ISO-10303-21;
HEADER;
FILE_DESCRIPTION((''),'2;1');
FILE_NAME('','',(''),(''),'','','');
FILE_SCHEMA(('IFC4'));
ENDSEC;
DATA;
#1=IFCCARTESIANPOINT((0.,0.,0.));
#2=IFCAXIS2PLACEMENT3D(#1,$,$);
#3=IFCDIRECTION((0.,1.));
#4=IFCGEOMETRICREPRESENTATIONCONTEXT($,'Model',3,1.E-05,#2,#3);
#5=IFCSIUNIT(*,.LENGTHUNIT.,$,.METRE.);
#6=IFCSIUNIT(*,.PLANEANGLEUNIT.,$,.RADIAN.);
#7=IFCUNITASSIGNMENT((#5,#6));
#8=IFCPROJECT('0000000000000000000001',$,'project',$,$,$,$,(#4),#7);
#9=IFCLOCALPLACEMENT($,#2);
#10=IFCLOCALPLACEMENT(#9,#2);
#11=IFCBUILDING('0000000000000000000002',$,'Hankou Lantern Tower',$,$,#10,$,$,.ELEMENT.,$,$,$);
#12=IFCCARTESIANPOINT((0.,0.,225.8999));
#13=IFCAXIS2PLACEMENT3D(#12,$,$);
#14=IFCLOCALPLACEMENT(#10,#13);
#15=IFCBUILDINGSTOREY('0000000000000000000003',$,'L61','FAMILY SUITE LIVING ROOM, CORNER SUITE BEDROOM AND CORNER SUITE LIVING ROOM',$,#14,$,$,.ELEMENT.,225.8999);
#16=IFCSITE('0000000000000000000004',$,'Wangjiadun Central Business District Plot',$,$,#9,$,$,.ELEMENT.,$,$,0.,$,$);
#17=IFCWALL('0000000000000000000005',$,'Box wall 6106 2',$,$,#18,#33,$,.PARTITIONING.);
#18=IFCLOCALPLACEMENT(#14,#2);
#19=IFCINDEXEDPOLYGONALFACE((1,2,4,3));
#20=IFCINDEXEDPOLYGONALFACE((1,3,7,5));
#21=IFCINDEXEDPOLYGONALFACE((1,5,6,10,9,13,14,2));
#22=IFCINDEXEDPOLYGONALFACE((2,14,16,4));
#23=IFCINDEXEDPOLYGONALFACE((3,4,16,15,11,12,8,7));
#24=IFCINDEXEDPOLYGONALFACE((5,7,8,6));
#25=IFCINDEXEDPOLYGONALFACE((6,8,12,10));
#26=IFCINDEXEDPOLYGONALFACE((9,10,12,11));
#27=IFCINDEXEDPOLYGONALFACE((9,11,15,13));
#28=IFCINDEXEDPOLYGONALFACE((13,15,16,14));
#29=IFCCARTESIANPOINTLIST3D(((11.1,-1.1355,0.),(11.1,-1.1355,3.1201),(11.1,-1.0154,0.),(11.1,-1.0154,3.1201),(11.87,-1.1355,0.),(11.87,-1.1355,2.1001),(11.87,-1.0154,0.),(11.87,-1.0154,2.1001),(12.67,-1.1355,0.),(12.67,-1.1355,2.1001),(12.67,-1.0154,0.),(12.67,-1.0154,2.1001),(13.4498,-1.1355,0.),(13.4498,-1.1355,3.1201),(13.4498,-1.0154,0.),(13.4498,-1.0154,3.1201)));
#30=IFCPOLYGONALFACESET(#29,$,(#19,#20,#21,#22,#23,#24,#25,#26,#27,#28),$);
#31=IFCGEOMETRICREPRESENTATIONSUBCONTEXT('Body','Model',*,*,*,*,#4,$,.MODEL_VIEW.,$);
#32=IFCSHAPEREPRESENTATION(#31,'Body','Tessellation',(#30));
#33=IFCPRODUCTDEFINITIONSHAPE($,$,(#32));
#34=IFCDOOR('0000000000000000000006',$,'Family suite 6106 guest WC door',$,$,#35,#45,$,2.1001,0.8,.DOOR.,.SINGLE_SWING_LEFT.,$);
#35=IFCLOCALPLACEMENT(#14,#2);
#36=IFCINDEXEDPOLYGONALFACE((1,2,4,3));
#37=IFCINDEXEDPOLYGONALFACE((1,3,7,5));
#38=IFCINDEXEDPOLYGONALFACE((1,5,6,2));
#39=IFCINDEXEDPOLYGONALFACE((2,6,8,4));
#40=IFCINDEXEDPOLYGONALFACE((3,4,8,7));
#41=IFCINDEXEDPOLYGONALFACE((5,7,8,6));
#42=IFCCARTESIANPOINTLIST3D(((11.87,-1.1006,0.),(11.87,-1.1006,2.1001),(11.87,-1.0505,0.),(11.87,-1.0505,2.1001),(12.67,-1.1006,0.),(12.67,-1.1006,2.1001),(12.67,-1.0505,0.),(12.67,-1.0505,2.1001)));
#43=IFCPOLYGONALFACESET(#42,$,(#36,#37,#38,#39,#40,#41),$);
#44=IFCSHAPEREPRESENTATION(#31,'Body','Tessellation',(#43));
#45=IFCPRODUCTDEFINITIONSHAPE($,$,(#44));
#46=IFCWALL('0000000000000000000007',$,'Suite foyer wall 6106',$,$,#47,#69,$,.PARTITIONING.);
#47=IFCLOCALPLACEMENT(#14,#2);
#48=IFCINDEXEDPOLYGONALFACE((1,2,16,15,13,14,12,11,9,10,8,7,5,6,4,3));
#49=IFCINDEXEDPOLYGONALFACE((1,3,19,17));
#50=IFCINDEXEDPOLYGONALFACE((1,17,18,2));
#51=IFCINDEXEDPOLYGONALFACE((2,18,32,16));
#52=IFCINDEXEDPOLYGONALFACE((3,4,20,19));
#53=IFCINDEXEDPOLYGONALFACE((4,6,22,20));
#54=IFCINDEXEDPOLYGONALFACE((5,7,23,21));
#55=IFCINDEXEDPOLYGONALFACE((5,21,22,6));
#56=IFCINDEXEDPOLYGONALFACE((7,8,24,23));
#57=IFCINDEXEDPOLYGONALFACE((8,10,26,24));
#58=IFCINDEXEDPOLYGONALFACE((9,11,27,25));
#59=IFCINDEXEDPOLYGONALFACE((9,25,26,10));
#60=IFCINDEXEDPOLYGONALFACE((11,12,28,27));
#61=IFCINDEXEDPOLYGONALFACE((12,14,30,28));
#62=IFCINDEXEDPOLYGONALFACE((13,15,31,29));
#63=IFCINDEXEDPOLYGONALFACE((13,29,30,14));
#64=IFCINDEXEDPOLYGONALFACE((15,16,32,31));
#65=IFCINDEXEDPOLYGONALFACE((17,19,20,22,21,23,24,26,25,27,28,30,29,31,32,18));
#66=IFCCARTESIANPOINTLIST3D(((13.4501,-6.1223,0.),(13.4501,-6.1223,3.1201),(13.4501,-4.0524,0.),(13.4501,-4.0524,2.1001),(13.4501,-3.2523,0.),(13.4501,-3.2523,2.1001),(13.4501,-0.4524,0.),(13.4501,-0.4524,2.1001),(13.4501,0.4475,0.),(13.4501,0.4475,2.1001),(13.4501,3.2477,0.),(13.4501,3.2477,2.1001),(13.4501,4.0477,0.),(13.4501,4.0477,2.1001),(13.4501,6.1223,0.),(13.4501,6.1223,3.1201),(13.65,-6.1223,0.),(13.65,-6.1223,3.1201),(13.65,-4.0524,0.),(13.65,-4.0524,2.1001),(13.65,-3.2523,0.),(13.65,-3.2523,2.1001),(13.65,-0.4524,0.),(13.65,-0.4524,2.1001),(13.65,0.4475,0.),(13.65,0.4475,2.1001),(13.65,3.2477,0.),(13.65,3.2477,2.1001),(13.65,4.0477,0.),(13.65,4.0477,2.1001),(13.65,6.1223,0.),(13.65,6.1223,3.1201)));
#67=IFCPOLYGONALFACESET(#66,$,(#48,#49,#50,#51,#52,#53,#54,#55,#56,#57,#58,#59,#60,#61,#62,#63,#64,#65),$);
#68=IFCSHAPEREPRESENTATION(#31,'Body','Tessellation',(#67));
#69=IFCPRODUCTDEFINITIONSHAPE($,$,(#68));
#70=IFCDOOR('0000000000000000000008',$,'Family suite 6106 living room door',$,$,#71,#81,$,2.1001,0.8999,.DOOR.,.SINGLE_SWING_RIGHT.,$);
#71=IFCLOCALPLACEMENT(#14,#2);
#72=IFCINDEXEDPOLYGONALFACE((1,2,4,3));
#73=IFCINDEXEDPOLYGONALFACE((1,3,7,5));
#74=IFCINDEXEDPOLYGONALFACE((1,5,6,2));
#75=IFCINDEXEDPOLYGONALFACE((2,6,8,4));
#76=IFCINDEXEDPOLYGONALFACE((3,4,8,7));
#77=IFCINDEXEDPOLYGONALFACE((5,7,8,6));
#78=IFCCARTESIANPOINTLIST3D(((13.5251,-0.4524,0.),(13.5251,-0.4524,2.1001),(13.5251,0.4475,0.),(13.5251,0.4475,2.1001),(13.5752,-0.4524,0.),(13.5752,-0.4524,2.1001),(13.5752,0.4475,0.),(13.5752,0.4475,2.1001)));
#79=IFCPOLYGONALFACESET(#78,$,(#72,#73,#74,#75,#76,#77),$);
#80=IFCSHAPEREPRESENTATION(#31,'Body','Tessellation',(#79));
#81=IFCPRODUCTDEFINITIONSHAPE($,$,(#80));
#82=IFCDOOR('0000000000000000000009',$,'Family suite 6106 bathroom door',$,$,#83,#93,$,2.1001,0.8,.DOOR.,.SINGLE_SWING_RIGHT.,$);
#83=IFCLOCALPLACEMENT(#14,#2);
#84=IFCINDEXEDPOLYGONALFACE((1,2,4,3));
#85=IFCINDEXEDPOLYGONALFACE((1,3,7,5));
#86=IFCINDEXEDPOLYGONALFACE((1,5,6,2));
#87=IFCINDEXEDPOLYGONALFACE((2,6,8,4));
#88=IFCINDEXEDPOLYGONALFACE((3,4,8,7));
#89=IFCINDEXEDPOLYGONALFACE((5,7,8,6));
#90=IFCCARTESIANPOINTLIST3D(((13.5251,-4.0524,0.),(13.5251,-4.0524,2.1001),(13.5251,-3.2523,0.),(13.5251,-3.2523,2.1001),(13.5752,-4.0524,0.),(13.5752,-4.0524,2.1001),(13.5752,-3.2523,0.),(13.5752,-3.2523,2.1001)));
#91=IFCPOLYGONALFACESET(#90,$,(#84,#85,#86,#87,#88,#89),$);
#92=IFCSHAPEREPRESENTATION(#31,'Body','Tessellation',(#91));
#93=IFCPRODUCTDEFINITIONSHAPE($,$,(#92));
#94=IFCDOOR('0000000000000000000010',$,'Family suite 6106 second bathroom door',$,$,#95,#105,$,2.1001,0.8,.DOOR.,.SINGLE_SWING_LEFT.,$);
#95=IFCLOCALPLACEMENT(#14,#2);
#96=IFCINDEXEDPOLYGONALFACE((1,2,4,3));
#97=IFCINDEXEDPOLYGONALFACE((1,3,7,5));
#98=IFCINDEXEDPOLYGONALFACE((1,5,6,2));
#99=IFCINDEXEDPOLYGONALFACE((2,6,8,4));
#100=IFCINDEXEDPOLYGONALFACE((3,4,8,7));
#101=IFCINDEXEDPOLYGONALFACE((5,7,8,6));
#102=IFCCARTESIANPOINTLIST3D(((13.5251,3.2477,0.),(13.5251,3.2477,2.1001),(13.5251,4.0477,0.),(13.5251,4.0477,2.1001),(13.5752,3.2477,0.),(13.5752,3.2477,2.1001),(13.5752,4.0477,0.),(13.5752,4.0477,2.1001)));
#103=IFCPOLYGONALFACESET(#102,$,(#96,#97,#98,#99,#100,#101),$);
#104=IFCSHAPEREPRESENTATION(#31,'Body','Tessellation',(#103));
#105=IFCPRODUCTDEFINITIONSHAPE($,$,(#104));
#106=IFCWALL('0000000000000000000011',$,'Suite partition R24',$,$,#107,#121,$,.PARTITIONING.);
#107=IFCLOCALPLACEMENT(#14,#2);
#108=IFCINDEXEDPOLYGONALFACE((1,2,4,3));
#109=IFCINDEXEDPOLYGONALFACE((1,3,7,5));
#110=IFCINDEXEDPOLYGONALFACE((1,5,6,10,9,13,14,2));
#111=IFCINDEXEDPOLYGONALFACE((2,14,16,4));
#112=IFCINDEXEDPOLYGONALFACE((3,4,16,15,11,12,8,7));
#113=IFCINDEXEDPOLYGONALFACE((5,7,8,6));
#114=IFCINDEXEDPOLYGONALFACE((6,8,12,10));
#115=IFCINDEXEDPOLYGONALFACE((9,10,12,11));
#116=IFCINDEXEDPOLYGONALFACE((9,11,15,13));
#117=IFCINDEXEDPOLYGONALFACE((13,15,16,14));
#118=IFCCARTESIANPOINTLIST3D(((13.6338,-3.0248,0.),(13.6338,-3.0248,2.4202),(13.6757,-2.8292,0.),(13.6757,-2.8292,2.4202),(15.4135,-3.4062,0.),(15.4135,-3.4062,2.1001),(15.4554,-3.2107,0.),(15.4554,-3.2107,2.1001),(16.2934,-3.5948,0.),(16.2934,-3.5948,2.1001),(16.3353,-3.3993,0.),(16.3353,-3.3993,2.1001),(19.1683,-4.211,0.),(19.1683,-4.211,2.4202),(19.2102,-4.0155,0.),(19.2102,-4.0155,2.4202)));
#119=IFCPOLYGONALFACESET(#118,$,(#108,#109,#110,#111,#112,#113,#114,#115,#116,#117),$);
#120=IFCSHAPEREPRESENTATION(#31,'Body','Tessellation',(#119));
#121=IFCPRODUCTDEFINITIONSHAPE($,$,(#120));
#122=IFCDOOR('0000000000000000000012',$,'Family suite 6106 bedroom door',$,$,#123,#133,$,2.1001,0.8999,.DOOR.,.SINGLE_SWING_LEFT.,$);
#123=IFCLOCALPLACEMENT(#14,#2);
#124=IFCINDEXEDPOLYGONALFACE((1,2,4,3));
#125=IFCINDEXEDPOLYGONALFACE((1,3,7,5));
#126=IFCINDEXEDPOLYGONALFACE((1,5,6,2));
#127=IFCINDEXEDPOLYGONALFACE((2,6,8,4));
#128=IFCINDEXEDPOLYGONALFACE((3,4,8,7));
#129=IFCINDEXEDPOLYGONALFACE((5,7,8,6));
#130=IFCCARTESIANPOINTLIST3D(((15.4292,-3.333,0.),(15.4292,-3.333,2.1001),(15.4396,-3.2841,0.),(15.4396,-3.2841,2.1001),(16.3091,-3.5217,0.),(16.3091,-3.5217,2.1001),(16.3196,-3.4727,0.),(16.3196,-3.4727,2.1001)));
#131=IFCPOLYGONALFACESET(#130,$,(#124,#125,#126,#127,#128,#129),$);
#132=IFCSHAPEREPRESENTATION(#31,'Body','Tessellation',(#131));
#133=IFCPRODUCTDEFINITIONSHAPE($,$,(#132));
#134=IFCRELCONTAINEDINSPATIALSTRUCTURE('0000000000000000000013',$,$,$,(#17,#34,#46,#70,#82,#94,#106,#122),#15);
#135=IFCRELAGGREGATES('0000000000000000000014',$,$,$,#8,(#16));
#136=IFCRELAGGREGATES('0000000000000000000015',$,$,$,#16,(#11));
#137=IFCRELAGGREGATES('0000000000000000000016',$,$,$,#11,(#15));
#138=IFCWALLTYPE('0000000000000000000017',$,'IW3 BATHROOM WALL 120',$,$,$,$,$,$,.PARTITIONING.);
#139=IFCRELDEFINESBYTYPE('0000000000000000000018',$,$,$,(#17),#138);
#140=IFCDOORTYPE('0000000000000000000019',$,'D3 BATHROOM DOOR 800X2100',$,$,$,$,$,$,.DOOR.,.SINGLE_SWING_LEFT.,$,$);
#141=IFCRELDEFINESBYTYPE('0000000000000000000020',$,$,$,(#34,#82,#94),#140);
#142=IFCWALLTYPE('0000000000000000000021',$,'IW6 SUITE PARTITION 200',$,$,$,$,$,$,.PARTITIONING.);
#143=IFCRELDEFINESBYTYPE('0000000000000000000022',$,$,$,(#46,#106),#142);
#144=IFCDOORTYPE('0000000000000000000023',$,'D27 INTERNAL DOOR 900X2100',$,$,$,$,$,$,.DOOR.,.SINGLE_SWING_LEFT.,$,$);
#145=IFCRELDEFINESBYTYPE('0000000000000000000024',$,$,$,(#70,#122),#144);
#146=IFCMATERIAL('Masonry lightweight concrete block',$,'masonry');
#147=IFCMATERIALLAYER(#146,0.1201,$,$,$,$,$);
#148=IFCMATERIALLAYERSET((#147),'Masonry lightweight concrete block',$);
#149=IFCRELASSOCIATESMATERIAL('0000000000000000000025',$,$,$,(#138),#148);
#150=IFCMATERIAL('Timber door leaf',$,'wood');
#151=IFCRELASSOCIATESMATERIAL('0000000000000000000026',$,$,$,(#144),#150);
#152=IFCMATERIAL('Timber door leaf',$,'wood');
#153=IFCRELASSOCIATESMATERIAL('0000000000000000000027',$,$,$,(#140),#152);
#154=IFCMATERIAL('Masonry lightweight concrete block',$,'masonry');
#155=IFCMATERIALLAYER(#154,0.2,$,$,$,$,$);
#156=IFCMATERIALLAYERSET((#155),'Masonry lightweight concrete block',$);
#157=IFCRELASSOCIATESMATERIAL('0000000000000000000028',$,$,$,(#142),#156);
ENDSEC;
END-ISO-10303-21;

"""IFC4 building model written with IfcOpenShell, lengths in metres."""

from ifc_helpers import new_model, si_unit, direction, frame, frame_2d, origin, place, context, subcontext, project, spatial, rectangle, extrude, material, layer, layer_set, type_object, element, fill, save


model = new_model("IFC4")

# Units and contexts
model_context = context("Model", 3, precision=1e-05, world=origin(), true_north=direction((0.0, 1.0)))
body_context = subcontext(model_context, "Body", "Model", "MODEL_VIEW")
ifc_project = project(units=[si_unit("LENGTHUNIT", "METRE"), si_unit("PLANEANGLEUNIT", "RADIAN")], contexts=[model_context])

# Site, building, storey
site_placement = place(None, origin())
site = spatial("IfcSite", under=ifc_project, at=site_placement, Name="Wangjiadun Central Business District Plot", CompositionType="ELEMENT", RefElevation=0.0)
building_placement = place(site_placement, origin())
building = spatial("IfcBuilding", under=site, at=building_placement, Name="Hankou Lantern Tower", CompositionType="ELEMENT")
storey_placement = place(building_placement, frame((0.0, 0.0, 225.8999)))
storey = spatial("IfcBuildingStorey", under=building, at=storey_placement, Name="L61", Description="FAMILY SUITE LIVING ROOM, CORNER SUITE BEDROOM AND CORNER SUITE LIVING ROOM", CompositionType="ELEMENT", Elevation=225.8999)

# Shared definitions
ifc_material_1 = material(Name="Masonry lightweight concrete block", Category="masonry")
ifc_layer_1 = layer(ifc_material_1, 0.1201)
ifc_layer_set_1 = layer_set([ifc_layer_1], Name="Masonry lightweight concrete block")
wall_type_1 = type_object("IfcWallType", Name="IW3 BATHROOM WALL 120", PredefinedType="PARTITIONING", material=ifc_layer_set_1)
ifc_material_2 = material(Name="Timber door leaf", Category="wood")
door_type_1 = type_object("IfcDoorType", Name="D27 INTERNAL DOOR 900X2100", OperationType="SINGLE_SWING_LEFT", PredefinedType="DOOR", material=ifc_material_2)

# Wall, opening, door
wall_1_placement = place(storey_placement, frame((11.1001, -1.0754, 0.0), z_axis=(0.0, 0.0, 1.0), x_axis=(1.0, 0.0, 0.0)))
wall_1 = element("IfcWall", 1, at=wall_1_placement, inside=storey, type_object=wall_type_1, Name="Box wall 6106 2", PredefinedType="PARTITIONING", context=body_context, shape_type="SweptSolid", body=[
    extrude(rectangle(XDim=2.3499, YDim=0.1201, at=frame_2d((1.1748, 0.0))), origin(), (0.0, 0.0, 1.0), 3.1201),
])
opening_1_placement = place(wall_1_placement, frame((0.77, 0.0, 0.0)))
opening_1 = element("IfcOpeningElement", 2, at=opening_1_placement, cuts=wall_1, PredefinedType="OPENING", context=body_context, shape_type="SweptSolid", body=[
    extrude(rectangle(XDim=0.8, YDim=2.1001, at=frame_2d((0.3999, 1.05))), frame((0.0, 0.0701, 0.0), z_axis=(0.0, -1.0, 0.0), x_axis=(1.0, 0.0, 0.0)), (0.0, 0.0, 1.0), 0.1401),
])
ifc_material_3 = material(Name="Timber door leaf", Category="wood")
door_type_2 = type_object("IfcDoorType", Name="D3 BATHROOM DOOR 800X2100", OperationType="SINGLE_SWING_LEFT", PredefinedType="DOOR", material=ifc_material_3)
door_1_placement = place(opening_1_placement, origin())
door_1 = element("IfcDoor", 3, at=door_1_placement, inside=storey, type_object=door_type_2, Name="Family suite 6106 guest WC door", OperationType="SINGLE_SWING_LEFT", OverallHeight=2.1001, OverallWidth=0.8, PredefinedType="DOOR", context=body_context, shape_type="SweptSolid", body=[
    extrude(rectangle(XDim=0.8, YDim=2.1001, at=frame_2d((0.3999, 1.05))), frame((0.0, 0.0249, 0.0), z_axis=(0.0, -1.0, 0.0), x_axis=(1.0, 0.0, 0.0)), (0.0, 0.0, 1.0), 0.05),
])
fill(opening_1, door_1)

# Wall, openings, doors
ifc_material_4 = material(Name="Masonry lightweight concrete block", Category="masonry")
ifc_layer_2 = layer(ifc_material_4, 0.2)
ifc_layer_set_2 = layer_set([ifc_layer_2], Name="Masonry lightweight concrete block")
wall_type_2 = type_object("IfcWallType", Name="IW6 SUITE PARTITION 200", PredefinedType="PARTITIONING", material=ifc_layer_set_2)
wall_2_placement = place(storey_placement, frame((13.55, -6.1223, 0.0), z_axis=(0.0, 0.0, 1.0), x_axis=(0.0, 1.0, 0.0)))
wall_2 = element("IfcWall", 4, at=wall_2_placement, inside=storey, type_object=wall_type_2, Name="Suite foyer wall 6106", PredefinedType="PARTITIONING", context=body_context, shape_type="SweptSolid", body=[
    extrude(rectangle(XDim=12.2446, YDim=0.2, at=frame_2d((6.1223, 0.0))), origin(), (0.0, 0.0, 1.0), 3.1201),
])
opening_2_placement = place(wall_2_placement, frame((2.0701, 0.0, 0.0)))
opening_2 = element("IfcOpeningElement", 5, at=opening_2_placement, cuts=wall_2, PredefinedType="OPENING", context=body_context, shape_type="SweptSolid", body=[
    extrude(rectangle(XDim=0.8, YDim=2.1001, at=frame_2d((0.3999, 1.05))), frame((0.0, 0.1099, 0.0), z_axis=(0.0, -1.0, 0.0), x_axis=(1.0, 0.0, 0.0)), (0.0, 0.0, 1.0), 0.22),
])
opening_3_placement = place(wall_2_placement, frame((9.3701, 0.0, 0.0)))
opening_3 = element("IfcOpeningElement", 6, at=opening_3_placement, cuts=wall_2, PredefinedType="OPENING", context=body_context, shape_type="SweptSolid", body=[
    extrude(rectangle(XDim=0.8, YDim=2.1001, at=frame_2d((0.3999, 1.05))), frame((0.0, 0.1099, 0.0), z_axis=(0.0, -1.0, 0.0), x_axis=(1.0, 0.0, 0.0)), (0.0, 0.0, 1.0), 0.22),
])
opening_4_placement = place(wall_2_placement, frame((5.6699, 0.0, 0.0)))
opening_4 = element("IfcOpeningElement", 7, at=opening_4_placement, cuts=wall_2, PredefinedType="OPENING", context=body_context, shape_type="SweptSolid", body=[
    extrude(rectangle(XDim=0.8999, YDim=2.1001, at=frame_2d((0.45, 1.05))), frame((0.0, 0.1099, 0.0), z_axis=(0.0, -1.0, 0.0), x_axis=(1.0, 0.0, 0.0)), (0.0, 0.0, 1.0), 0.22),
])
door_2_placement = place(opening_4_placement, origin())
door_2 = element("IfcDoor", 8, at=door_2_placement, inside=storey, type_object=door_type_1, Name="Family suite 6106 living room door", OperationType="SINGLE_SWING_RIGHT", OverallHeight=2.1001, OverallWidth=0.8999, PredefinedType="DOOR", context=body_context, shape_type="SweptSolid", body=[
    extrude(rectangle(XDim=0.8999, YDim=2.1001, at=frame_2d((0.45, 1.05))), frame((0.0, 0.0249, 0.0), z_axis=(0.0, -1.0, 0.0), x_axis=(1.0, 0.0, 0.0)), (0.0, 0.0, 1.0), 0.05),
])
fill(opening_4, door_2)
door_3_placement = place(opening_2_placement, origin())
door_3 = element("IfcDoor", 9, at=door_3_placement, inside=storey, type_object=door_type_2, Name="Family suite 6106 bathroom door", OperationType="SINGLE_SWING_RIGHT", OverallHeight=2.1001, OverallWidth=0.8, PredefinedType="DOOR", context=body_context, shape_type="SweptSolid", body=[
    extrude(rectangle(XDim=0.8, YDim=2.1001, at=frame_2d((0.3999, 1.05))), frame((0.0, 0.0249, 0.0), z_axis=(0.0, -1.0, 0.0), x_axis=(1.0, 0.0, 0.0)), (0.0, 0.0, 1.0), 0.05),
])
fill(opening_2, door_3)
door_4_placement = place(opening_3_placement, origin())
door_4 = element("IfcDoor", 10, at=door_4_placement, inside=storey, type_object=door_type_2, Name="Family suite 6106 second bathroom door", OperationType="SINGLE_SWING_LEFT", OverallHeight=2.1001, OverallWidth=0.8, PredefinedType="DOOR", context=body_context, shape_type="SweptSolid", body=[
    extrude(rectangle(XDim=0.8, YDim=2.1001, at=frame_2d((0.3999, 1.05))), frame((0.0, 0.0249, 0.0), z_axis=(0.0, -1.0, 0.0), x_axis=(1.0, 0.0, 0.0)), (0.0, 0.0, 1.0), 0.05),
])
fill(opening_3, door_4)

# Wall, opening, door
wall_3_placement = place(storey_placement, frame((13.6548, -2.927, 0.0), z_axis=(0.0, 0.0, 1.0), x_axis=(0.97779, -0.209585, 0.0)))
wall_3 = element("IfcWall", 11, at=wall_3_placement, inside=storey, type_object=wall_type_2, Name="Suite partition R24", PredefinedType="PARTITIONING", context=body_context, shape_type="SweptSolid", body=[
    extrude(rectangle(XDim=5.6602, YDim=0.2, at=frame_2d((2.8301, 0.0))), origin(), (0.0, 0.0, 1.0), 2.4202),
])
opening_5_placement = place(wall_3_placement, frame((1.8201, 0.0, 0.0)))
opening_5 = element("IfcOpeningElement", 12, at=opening_5_placement, cuts=wall_3, PredefinedType="OPENING", context=body_context, shape_type="SweptSolid", body=[
    extrude(rectangle(XDim=0.8999, YDim=2.1001, at=frame_2d((0.45, 1.05))), frame((0.0, 0.1099, 0.0), z_axis=(0.0, -1.0, 0.0), x_axis=(1.0, 0.0, 0.0)), (0.0, 0.0, 1.0), 0.22),
])
door_5_placement = place(opening_5_placement, origin())
door_5 = element("IfcDoor", 13, at=door_5_placement, inside=storey, type_object=door_type_1, Name="Family suite 6106 bedroom door", OperationType="SINGLE_SWING_LEFT", OverallHeight=2.1001, OverallWidth=0.8999, PredefinedType="DOOR", context=body_context, shape_type="SweptSolid", body=[
    extrude(rectangle(XDim=0.8999, YDim=2.1001, at=frame_2d((0.45, 1.05))), frame((0.0, 0.0249, 0.0), z_axis=(0.0, -1.0, 0.0), x_axis=(1.0, 0.0, 0.0)), (0.0, 0.0, 1.0), 0.05),
])
fill(opening_5, door_5)

save(model, "model.ifc")
